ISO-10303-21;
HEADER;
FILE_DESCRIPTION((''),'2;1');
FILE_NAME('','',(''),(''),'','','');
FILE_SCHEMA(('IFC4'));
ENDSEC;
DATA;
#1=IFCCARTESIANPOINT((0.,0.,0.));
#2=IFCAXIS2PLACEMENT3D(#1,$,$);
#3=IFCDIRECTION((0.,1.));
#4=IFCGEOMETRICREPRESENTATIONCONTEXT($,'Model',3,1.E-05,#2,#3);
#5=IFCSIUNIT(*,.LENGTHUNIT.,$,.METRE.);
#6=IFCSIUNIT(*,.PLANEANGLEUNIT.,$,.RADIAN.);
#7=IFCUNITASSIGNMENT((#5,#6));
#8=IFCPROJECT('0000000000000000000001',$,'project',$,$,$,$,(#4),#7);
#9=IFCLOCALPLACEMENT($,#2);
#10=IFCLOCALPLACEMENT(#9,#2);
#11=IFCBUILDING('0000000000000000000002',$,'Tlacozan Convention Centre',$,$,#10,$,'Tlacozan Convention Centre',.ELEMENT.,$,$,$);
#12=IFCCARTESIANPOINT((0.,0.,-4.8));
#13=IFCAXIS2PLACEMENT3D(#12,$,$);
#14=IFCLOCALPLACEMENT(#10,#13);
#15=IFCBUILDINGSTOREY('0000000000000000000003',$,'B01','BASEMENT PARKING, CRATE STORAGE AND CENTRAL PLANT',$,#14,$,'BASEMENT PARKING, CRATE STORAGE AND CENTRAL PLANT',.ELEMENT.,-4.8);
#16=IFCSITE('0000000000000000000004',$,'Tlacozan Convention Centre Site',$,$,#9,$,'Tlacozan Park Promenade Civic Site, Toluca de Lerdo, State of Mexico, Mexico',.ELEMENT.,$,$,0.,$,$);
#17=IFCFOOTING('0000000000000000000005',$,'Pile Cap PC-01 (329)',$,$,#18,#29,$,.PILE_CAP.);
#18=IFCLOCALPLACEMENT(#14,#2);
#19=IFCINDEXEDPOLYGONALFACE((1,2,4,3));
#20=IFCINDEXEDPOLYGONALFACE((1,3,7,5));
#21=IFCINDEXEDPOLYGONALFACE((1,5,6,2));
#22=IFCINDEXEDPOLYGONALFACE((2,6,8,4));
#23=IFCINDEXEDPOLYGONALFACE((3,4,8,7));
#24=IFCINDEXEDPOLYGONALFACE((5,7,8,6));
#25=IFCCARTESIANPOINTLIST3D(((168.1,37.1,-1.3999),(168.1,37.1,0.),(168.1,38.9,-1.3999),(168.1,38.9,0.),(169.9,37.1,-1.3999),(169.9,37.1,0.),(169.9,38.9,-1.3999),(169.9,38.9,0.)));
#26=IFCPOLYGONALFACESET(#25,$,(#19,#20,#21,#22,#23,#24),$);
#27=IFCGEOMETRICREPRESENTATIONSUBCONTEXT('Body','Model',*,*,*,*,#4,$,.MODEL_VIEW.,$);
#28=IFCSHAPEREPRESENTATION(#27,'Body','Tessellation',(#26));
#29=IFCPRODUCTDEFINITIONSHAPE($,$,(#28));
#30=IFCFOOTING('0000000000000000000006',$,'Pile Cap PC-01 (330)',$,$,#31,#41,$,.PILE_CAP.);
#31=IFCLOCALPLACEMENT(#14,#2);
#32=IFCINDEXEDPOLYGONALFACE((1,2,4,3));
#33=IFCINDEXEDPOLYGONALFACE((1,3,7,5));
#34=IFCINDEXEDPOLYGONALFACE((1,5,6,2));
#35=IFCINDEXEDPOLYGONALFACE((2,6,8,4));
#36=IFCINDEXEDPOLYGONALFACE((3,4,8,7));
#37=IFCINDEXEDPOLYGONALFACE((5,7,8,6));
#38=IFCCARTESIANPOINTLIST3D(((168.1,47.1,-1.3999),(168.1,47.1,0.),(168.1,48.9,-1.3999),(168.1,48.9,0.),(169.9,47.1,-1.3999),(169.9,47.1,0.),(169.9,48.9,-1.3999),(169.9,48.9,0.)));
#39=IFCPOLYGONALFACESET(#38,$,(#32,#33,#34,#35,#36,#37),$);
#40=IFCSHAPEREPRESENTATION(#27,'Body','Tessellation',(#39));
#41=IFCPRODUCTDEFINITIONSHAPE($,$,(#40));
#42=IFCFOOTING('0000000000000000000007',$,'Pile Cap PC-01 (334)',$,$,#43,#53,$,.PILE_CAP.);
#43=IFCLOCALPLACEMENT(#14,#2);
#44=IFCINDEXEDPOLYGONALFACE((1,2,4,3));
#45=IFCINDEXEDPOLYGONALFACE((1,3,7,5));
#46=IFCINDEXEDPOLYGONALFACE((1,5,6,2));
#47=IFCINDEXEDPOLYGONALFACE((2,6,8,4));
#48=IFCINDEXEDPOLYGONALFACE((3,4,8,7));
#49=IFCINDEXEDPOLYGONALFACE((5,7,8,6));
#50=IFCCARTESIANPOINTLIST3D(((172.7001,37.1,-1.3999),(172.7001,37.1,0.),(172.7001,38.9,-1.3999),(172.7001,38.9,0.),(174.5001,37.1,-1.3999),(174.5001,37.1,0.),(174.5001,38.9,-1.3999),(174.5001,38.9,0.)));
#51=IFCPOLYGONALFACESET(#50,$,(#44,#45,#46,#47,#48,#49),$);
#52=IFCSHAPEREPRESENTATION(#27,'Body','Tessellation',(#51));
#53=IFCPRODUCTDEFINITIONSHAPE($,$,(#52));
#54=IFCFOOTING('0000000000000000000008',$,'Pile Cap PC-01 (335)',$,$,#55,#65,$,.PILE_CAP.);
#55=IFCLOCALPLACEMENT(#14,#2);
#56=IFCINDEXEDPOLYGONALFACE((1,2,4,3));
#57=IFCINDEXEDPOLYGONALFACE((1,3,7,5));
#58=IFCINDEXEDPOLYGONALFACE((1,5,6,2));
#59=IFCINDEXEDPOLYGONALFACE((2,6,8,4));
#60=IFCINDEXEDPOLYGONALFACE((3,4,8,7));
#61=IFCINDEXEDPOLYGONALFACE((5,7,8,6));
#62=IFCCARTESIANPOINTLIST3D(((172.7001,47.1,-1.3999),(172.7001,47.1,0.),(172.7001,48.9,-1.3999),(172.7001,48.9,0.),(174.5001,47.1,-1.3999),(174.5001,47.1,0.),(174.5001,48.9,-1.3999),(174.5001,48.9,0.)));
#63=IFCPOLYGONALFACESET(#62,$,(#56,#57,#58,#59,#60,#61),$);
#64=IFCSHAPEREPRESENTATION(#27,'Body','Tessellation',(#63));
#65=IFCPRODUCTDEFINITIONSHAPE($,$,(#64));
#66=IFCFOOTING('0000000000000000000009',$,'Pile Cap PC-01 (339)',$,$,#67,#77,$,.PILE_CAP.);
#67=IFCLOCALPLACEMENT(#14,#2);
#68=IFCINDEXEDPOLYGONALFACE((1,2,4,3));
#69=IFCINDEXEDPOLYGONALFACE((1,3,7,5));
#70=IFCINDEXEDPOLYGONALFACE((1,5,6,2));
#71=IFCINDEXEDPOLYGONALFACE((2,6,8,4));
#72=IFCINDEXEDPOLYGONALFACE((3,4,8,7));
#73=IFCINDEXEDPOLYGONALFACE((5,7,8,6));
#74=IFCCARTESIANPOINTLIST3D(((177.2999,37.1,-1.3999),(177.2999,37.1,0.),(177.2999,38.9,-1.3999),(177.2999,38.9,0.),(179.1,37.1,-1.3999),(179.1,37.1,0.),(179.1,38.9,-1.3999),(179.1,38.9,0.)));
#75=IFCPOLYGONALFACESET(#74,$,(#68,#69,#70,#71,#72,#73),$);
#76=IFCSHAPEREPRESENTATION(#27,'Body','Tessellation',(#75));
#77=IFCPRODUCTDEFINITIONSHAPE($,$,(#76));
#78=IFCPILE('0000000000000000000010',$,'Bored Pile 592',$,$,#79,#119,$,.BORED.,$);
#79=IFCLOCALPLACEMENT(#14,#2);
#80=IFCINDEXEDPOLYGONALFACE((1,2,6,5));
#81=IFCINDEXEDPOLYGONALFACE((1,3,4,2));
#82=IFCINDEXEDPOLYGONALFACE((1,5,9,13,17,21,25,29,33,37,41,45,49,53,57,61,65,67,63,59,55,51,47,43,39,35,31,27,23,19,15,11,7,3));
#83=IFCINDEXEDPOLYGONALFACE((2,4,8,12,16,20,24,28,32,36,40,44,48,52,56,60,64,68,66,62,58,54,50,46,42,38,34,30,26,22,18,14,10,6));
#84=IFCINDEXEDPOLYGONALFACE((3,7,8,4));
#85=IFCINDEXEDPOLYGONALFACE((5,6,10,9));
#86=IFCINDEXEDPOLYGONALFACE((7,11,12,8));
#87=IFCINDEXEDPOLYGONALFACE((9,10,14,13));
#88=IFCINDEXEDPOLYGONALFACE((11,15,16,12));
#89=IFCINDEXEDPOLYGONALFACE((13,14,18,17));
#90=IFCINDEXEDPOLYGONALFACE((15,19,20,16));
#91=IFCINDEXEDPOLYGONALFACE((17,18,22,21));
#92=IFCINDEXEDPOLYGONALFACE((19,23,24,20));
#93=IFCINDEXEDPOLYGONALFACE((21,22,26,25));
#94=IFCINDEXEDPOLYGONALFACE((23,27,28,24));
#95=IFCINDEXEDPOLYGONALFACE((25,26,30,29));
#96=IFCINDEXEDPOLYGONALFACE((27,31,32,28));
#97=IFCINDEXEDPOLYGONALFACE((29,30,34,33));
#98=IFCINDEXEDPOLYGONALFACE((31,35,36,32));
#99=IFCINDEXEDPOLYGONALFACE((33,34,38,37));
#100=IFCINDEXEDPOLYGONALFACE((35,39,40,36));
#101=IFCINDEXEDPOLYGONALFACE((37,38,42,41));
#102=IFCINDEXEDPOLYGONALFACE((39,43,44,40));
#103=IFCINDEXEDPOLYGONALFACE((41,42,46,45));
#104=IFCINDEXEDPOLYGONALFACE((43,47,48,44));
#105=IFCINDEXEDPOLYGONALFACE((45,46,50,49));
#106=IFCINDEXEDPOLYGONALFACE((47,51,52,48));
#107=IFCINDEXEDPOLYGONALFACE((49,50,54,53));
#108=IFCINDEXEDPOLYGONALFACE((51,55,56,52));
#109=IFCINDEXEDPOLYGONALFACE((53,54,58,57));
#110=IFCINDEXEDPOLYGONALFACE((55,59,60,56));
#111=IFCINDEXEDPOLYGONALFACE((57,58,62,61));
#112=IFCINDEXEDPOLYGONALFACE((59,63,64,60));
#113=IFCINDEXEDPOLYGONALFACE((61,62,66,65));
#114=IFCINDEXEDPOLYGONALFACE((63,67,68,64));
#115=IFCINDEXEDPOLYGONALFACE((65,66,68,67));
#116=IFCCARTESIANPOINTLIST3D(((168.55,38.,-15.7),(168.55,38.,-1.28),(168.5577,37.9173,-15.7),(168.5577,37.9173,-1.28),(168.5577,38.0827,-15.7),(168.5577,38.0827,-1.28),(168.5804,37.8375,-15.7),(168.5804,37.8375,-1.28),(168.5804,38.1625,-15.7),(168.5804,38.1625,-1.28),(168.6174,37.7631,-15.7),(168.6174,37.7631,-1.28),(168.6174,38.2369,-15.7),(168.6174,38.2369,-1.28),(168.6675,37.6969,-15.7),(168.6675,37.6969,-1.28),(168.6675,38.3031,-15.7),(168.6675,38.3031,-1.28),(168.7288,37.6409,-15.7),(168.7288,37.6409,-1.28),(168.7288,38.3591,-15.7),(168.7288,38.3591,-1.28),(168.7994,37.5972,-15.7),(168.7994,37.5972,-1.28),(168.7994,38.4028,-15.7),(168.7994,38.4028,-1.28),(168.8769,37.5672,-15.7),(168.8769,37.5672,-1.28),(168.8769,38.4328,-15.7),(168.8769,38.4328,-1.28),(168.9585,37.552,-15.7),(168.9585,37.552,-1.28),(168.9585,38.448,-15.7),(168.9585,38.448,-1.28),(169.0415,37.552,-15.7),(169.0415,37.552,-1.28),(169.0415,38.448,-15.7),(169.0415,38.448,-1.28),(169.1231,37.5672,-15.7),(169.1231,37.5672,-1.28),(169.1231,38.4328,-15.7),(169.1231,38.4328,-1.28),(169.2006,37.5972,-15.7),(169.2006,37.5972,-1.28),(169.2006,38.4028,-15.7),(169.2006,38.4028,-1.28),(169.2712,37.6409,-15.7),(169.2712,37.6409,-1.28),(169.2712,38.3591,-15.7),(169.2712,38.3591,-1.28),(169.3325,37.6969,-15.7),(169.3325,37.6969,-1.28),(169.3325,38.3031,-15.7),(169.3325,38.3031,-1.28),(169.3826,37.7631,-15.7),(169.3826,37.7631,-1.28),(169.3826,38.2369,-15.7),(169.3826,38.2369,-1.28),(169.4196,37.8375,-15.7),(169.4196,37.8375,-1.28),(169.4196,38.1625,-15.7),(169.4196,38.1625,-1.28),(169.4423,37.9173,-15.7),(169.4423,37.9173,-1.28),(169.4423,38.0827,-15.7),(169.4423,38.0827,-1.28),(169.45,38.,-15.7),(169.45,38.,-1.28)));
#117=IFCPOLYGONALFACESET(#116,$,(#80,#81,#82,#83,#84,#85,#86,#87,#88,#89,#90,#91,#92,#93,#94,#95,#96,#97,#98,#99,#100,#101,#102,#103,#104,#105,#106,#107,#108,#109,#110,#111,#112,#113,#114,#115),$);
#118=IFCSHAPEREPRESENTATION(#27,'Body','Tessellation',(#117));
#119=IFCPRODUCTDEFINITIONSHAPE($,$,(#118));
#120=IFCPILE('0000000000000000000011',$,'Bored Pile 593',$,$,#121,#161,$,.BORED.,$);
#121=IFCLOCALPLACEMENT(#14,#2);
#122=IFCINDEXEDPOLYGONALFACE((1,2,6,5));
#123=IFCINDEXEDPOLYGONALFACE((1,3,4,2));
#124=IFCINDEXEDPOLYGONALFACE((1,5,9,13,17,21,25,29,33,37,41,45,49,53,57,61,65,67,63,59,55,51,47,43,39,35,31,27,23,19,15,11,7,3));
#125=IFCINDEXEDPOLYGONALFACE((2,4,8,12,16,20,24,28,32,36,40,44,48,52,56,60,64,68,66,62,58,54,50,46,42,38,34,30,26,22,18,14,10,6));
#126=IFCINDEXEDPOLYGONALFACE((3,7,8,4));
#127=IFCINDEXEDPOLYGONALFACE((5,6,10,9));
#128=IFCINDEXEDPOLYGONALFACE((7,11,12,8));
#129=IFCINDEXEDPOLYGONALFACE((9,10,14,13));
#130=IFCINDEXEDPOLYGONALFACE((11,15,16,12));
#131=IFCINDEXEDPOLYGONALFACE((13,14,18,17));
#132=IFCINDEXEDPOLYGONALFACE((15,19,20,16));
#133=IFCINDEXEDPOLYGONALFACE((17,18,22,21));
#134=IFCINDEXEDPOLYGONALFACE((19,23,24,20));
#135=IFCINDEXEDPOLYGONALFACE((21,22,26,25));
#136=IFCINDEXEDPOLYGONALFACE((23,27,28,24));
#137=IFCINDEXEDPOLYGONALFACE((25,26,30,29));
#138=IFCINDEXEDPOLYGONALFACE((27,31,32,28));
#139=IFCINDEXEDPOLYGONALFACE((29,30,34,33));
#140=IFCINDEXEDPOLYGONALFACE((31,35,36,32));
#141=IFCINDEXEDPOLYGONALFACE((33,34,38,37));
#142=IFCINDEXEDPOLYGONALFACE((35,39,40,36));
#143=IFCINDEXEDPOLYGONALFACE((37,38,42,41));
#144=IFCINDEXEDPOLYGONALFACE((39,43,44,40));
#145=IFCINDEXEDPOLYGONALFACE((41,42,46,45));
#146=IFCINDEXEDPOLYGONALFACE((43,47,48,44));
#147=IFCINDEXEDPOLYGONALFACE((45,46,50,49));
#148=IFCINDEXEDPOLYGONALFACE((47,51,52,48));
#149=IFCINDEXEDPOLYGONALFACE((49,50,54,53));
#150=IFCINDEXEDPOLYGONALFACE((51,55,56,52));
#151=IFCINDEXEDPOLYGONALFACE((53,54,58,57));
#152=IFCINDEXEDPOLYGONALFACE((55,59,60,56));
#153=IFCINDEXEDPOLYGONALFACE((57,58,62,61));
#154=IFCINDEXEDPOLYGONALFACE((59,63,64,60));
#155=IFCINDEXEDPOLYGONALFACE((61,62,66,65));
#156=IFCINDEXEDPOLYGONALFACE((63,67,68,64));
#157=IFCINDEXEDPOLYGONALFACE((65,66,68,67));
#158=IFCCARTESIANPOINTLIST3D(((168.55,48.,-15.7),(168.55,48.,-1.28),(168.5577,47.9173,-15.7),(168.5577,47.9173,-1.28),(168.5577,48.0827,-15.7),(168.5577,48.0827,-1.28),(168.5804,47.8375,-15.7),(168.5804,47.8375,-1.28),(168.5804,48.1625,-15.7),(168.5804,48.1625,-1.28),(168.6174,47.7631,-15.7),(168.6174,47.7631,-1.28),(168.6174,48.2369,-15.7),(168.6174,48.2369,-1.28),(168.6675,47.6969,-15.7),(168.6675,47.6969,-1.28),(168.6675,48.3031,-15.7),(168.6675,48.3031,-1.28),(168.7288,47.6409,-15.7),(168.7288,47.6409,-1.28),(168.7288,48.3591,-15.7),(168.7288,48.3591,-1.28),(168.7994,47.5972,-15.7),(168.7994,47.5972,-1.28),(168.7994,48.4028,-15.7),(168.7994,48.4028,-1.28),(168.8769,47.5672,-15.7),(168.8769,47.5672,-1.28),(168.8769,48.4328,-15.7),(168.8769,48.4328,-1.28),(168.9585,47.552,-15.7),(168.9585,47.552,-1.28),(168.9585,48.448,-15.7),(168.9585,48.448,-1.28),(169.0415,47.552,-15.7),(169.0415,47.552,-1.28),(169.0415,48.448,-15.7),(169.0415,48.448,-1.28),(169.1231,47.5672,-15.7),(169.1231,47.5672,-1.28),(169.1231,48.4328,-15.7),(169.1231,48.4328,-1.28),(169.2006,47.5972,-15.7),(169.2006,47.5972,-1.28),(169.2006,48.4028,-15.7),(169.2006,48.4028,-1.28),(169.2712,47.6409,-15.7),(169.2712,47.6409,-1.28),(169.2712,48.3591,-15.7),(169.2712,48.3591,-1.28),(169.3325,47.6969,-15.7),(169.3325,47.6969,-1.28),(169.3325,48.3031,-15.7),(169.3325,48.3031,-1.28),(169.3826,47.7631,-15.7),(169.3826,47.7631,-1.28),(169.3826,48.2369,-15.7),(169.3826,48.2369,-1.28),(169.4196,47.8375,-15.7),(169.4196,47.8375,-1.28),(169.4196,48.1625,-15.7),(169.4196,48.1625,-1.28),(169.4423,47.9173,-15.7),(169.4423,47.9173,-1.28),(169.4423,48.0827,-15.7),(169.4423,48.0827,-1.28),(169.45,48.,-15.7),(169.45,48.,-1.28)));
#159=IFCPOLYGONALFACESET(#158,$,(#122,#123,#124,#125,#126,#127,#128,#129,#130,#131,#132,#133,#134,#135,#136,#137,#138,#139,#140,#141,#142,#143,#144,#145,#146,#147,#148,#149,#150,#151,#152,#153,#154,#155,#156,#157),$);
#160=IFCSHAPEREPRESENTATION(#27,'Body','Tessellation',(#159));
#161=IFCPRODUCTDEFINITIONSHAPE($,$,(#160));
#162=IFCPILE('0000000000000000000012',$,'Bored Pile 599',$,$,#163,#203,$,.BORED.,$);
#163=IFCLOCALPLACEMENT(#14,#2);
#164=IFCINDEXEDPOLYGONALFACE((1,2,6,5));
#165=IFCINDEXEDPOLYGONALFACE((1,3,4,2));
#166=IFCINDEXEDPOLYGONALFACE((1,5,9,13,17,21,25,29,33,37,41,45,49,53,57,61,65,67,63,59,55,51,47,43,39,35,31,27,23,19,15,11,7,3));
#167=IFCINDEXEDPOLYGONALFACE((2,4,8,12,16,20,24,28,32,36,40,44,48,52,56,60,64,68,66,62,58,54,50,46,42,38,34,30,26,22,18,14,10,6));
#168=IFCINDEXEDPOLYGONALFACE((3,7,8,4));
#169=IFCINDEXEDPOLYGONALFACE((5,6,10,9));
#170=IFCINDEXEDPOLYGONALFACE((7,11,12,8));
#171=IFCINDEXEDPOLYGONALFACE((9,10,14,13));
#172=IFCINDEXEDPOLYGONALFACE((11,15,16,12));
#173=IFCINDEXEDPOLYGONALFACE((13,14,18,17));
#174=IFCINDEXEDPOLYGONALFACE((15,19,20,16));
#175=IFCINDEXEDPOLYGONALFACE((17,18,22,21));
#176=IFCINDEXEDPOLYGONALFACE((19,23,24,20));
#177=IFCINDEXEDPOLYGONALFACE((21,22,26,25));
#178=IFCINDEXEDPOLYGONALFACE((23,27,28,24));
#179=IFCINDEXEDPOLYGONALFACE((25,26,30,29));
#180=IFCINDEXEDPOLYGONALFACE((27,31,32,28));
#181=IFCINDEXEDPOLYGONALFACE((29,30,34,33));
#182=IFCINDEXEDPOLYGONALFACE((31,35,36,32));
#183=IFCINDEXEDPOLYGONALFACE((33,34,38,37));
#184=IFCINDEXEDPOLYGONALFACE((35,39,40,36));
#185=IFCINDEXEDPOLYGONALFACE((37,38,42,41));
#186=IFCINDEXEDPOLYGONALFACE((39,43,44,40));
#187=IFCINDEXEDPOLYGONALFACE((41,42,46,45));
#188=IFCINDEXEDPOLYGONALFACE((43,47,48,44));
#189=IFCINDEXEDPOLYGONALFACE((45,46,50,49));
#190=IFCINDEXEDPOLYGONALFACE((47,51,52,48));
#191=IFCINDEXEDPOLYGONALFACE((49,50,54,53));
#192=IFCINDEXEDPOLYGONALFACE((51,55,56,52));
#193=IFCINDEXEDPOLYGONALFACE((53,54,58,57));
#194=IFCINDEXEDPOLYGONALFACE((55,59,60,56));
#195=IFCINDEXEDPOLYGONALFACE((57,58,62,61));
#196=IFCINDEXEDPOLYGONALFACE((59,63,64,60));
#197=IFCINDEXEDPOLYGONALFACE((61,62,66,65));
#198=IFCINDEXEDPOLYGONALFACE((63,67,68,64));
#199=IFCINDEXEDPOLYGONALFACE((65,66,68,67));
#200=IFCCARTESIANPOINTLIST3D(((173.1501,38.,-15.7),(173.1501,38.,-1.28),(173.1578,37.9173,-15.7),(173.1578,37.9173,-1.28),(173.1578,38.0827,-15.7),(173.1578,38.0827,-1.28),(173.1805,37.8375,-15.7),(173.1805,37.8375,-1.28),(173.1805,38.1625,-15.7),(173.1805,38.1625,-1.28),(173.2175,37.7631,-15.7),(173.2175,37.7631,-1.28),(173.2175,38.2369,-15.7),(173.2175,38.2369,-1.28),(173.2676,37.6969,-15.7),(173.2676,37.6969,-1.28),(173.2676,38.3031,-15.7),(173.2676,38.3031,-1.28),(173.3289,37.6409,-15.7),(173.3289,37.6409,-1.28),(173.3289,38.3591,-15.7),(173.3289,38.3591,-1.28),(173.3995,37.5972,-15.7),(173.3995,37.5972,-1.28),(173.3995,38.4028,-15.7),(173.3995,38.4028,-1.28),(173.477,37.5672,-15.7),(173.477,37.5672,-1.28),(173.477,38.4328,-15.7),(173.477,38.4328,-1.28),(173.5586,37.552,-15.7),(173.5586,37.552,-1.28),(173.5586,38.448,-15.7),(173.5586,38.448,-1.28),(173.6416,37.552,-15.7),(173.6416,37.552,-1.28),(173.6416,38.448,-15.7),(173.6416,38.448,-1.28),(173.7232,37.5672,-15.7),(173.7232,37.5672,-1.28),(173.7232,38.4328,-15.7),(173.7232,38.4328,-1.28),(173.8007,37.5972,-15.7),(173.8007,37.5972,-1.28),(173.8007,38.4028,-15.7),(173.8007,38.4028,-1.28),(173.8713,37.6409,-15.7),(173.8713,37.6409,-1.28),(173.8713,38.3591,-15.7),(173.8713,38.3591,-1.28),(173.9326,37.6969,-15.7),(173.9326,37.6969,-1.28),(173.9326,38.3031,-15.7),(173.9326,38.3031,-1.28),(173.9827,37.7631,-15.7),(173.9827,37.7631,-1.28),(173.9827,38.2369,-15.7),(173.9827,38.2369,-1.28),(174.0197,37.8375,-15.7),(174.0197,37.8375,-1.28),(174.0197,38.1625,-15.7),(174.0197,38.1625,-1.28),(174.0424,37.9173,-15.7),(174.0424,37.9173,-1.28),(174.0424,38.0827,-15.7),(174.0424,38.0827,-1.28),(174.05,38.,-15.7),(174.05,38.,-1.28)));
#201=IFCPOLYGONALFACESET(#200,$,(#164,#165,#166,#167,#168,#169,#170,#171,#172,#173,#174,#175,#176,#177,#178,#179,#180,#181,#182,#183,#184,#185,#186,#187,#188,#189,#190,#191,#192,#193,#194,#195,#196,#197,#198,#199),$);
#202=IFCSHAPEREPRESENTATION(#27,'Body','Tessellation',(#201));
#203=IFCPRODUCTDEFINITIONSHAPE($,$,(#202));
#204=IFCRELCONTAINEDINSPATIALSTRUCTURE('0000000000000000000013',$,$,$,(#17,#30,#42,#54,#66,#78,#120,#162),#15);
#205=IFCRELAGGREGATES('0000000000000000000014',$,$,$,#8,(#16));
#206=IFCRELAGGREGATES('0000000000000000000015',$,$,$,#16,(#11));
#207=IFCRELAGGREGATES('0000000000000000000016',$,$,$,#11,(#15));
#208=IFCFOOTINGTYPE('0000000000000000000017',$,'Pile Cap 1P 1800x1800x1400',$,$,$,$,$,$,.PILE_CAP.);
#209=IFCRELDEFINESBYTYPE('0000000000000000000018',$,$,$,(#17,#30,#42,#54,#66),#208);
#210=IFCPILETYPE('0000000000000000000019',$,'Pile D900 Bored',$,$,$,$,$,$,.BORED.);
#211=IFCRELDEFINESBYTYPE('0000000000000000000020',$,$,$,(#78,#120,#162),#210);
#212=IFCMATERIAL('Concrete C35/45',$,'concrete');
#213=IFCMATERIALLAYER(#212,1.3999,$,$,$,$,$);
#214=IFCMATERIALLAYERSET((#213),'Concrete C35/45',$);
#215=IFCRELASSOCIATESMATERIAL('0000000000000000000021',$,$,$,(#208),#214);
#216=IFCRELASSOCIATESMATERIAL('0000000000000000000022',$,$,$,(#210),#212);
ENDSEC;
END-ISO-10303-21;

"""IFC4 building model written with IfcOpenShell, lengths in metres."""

from ifc_helpers import new_model, si_unit, direction, frame, origin, origin_2d, place, context, subcontext, project, spatial, rectangle, circle, extrude, material, layer, layer_set, material_profile, profile_set, type_object, element, save


model = new_model("IFC4")

# Units and contexts
model_context = context("Model", 3, precision=1e-05, world=origin(), true_north=direction((0.0, 1.0)))
body_context = subcontext(model_context, "Body", "Model", "MODEL_VIEW")
ifc_project = project(units=[si_unit("LENGTHUNIT", "METRE"), si_unit("PLANEANGLEUNIT", "RADIAN")], contexts=[model_context])

# Site, building, storey
site_placement = place(None, origin())
site = spatial("IfcSite", under=ifc_project, at=site_placement, Name="Tlacozan Convention Centre Site", LongName="Tlacozan Park Promenade Civic Site, Toluca de Lerdo, State of Mexico, Mexico", CompositionType="ELEMENT", RefElevation=0.0)
building_placement = place(site_placement, origin())
building = spatial("IfcBuilding", under=site, at=building_placement, Name="Tlacozan Convention Centre", LongName="Tlacozan Convention Centre", CompositionType="ELEMENT")
storey_placement = place(building_placement, frame((0.0, 0.0, -4.8)))
storey = spatial("IfcBuildingStorey", under=building, at=storey_placement, Name="B01", Description="BASEMENT PARKING, CRATE STORAGE AND CENTRAL PLANT", LongName="BASEMENT PARKING, CRATE STORAGE AND CENTRAL PLANT", CompositionType="ELEMENT", Elevation=-4.8)

# Footings
ifc_material_1 = material(Name="Concrete C35/45", Category="concrete")
ifc_layer = layer(ifc_material_1, 1.3999)
ifc_layer_set = layer_set([ifc_layer], Name="Concrete C35/45")
footing_type = type_object("IfcFootingType", Name="Pile Cap 1P 1800x1800x1400", PredefinedType="PILE_CAP", material=ifc_layer_set)
for number, where, z_axis, x_axis, name in (
    (1, (169.0, 38.0, -1.3999), (0.0, 0.0, 1.0), (1.0, 0.0, 0.0), "Pile Cap PC-01 (329)"),
    (2, (169.0, 48.0, -1.3999), (0.0, 0.0, 1.0), (1.0, 0.0, 0.0), "Pile Cap PC-01 (330)"),
    (3, (173.6001, 38.0, -1.3999), (0.0, 0.0, 1.0), (1.0, 0.0, 0.0), "Pile Cap PC-01 (334)"),
    (4, (173.6001, 48.0, -1.3999), (0.0, 0.0, 1.0), (1.0, 0.0, 0.0), "Pile Cap PC-01 (335)"),
    (5, (178.2, 38.0, -1.3999), (0.0, 0.0, 1.0), (1.0, 0.0, 0.0), "Pile Cap PC-01 (339)"),
):
    element("IfcFooting", number, at=place(storey_placement, frame(where, z_axis=z_axis, x_axis=x_axis)), inside=storey, type_object=footing_type, Name=name, PredefinedType="PILE_CAP", context=body_context, shape_type="SweptSolid", body=[
        extrude(rectangle(XDim=1.8, YDim=1.8, at=origin_2d()), origin(), (0.0, 0.0, 1.0), 1.3999),
    ])

# Piles
ifc_material_profile_1 = material_profile(ifc_material_1, circle(Radius=0.45, at=origin_2d()), Name="PILE D900")
ifc_profile_set_1 = profile_set([ifc_material_profile_1], Name="Concrete C35/45")
pile_type = type_object("IfcPileType", Name="Pile D900 Bored", PredefinedType="BORED", material=ifc_profile_set_1)
for number, where, z_axis, x_axis, name in (
    (6, (169.0, 38.0, -1.28), (0.0, 0.0, -1.0), (1.0, 0.0, 0.0), "Bored Pile 592"),
    (7, (169.0, 48.0, -1.28), (0.0, 0.0, -1.0), (1.0, 0.0, 0.0), "Bored Pile 593"),
    (8, (173.6001, 38.0, -1.28), (0.0, 0.0, -1.0), (1.0, 0.0, 0.0), "Bored Pile 599"),
):
    element("IfcPile", number, at=place(storey_placement, frame(where, z_axis=z_axis, x_axis=x_axis)), inside=storey, type_object=pile_type, Name=name, PredefinedType="BORED", context=body_context, shape_type="SweptSolid", body=[
        extrude(circle(Radius=0.45, at=origin_2d()), origin(), (0.0, 0.0, 1.0), 14.4199),
    ])

save(model, "model.ifc")
